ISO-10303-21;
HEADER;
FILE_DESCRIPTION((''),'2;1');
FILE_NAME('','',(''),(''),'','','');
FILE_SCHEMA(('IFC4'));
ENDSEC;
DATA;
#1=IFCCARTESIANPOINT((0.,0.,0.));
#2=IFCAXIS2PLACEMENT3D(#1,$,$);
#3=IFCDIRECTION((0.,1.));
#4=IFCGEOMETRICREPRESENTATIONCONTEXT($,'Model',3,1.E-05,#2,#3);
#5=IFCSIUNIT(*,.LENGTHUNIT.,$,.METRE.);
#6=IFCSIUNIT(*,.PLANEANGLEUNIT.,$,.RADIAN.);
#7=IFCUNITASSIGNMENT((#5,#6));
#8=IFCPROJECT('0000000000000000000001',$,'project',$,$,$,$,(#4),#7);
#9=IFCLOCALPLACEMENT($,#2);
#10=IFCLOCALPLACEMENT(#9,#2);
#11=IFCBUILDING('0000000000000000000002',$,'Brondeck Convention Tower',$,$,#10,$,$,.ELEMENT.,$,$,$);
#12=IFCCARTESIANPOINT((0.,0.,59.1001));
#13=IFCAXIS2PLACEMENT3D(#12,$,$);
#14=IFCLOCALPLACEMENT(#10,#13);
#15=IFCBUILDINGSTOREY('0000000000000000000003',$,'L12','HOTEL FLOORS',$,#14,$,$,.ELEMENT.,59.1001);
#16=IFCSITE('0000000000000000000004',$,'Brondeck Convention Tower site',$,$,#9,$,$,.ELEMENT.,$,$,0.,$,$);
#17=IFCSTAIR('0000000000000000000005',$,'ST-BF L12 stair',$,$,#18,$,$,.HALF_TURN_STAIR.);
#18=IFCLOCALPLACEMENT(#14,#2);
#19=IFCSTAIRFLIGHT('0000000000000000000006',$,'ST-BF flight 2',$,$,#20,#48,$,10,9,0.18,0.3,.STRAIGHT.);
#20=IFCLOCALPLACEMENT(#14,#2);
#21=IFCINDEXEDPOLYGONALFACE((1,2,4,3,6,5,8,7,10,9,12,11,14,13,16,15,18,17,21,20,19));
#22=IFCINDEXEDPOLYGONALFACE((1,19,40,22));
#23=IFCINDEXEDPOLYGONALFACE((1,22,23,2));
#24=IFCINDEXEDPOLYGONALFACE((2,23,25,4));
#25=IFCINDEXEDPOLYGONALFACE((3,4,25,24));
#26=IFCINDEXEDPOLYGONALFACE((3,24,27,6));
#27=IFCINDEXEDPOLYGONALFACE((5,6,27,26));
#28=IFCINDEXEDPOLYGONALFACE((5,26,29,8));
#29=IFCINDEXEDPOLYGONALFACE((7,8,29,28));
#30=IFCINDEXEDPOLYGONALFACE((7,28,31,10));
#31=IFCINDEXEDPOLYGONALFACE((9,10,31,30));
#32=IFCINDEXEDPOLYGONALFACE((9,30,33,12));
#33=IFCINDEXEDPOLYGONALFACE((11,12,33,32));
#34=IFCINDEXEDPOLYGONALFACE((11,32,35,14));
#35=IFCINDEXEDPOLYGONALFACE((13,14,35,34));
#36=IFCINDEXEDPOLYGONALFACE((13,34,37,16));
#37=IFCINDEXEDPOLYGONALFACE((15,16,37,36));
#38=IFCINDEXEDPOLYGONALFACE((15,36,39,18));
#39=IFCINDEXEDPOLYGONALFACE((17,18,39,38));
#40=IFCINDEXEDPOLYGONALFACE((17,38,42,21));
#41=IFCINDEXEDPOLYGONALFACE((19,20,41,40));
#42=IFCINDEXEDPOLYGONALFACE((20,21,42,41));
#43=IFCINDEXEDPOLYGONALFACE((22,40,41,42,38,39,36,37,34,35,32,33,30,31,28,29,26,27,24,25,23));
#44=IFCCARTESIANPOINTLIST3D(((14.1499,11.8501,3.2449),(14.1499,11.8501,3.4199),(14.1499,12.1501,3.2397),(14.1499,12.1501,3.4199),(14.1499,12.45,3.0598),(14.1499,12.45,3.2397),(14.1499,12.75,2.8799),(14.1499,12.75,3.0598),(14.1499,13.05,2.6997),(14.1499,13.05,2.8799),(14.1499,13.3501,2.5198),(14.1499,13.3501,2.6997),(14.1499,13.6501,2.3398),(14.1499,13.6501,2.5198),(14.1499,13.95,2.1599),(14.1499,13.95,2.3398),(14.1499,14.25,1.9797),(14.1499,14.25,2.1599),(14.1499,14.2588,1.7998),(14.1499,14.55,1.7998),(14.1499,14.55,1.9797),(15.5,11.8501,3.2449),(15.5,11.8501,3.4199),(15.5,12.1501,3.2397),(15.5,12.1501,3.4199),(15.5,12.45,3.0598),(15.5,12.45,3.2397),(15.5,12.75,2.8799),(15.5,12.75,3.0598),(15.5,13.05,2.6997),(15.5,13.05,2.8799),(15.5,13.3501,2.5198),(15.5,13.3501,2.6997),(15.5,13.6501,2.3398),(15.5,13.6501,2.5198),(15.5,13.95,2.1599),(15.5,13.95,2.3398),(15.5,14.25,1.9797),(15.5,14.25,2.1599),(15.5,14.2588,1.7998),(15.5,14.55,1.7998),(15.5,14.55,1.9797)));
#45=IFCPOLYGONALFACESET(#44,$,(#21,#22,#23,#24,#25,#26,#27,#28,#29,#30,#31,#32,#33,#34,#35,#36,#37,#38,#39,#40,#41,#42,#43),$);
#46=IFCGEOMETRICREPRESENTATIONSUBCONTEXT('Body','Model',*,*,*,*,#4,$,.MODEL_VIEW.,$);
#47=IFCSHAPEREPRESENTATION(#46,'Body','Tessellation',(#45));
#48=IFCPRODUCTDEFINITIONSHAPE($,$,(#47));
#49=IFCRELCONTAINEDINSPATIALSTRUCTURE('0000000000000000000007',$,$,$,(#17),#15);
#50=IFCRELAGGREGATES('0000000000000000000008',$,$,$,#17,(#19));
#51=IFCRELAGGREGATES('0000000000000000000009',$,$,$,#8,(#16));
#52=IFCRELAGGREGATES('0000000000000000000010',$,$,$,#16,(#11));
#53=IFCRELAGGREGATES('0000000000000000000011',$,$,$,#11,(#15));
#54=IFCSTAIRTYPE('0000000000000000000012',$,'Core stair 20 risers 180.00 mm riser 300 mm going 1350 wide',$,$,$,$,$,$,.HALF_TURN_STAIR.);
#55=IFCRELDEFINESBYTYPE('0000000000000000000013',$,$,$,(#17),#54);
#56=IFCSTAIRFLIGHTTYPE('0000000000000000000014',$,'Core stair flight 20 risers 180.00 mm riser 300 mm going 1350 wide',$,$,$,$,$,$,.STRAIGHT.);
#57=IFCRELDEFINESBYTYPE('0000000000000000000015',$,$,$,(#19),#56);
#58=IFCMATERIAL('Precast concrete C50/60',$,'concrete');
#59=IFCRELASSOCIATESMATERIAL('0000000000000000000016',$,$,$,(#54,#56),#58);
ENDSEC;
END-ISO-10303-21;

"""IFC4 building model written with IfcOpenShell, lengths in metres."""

from ifc_helpers import new_model, si_unit, direction, frame, origin, place, context, subcontext, project, spatial, polyline, outline, extrude, material, type_object, element, aggregate, save


model = new_model("IFC4")

# Units and contexts
model_context = context("Model", 3, precision=1e-05, world=origin(), true_north=direction((0.0, 1.0)))
body_context = subcontext(model_context, "Body", "Model", "MODEL_VIEW")
ifc_project = project(units=[si_unit("LENGTHUNIT", "METRE"), si_unit("PLANEANGLEUNIT", "RADIAN")], contexts=[model_context])

# Site, building, storey
site_placement = place(None, origin())
site = spatial("IfcSite", under=ifc_project, at=site_placement, Name="Brondeck Convention Tower site", CompositionType="ELEMENT", RefElevation=0.0)
building_placement = place(site_placement, origin())
building = spatial("IfcBuilding", under=site, at=building_placement, Name="Brondeck Convention Tower", CompositionType="ELEMENT")
storey_placement = place(building_placement, frame((0.0, 0.0, 59.1001)))
storey = spatial("IfcBuildingStorey", under=building, at=storey_placement, Name="L12", Description="HOTEL FLOORS", CompositionType="ELEMENT", Elevation=59.1001)

# Stair, stair flight
ifc_material_1 = material(Name="Precast concrete C50/60", Category="concrete")
stair_type = type_object("IfcStairType", Name="Core stair 20 risers 180.00 mm riser 300 mm going 1350 wide", PredefinedType="HALF_TURN_STAIR", material=ifc_material_1)
stair_placement = place(storey_placement, origin())
stair = element("IfcStair", 1, at=stair_placement, inside=storey, type_object=stair_type, Name="ST-BF L12 stair", PredefinedType="HALF_TURN_STAIR")
stair_flight_type = type_object("IfcStairFlightType", Name="Core stair flight 20 risers 180.00 mm riser 300 mm going 1350 wide", PredefinedType="STRAIGHT", material=ifc_material_1)
stair_flight_placement = place(storey_placement, frame((14.825, 14.55, 1.7998), z_axis=(0.0, 0.0, 1.0), x_axis=(0.0, -1.0, 0.0)))
stair_flight = element("IfcStairFlight", 2, at=stair_flight_placement, type_object=stair_flight_type, Name="ST-BF flight 2", NumberOfRisers=10, NumberOfTreads=9, PredefinedType="STRAIGHT", RiserHeight=0.18, TreadLength=0.3, context=body_context, shape_type="SweptSolid", body=[
    extrude(outline(polyline([(0.0, 0.0), (0.0, 0.1799), (0.3, 0.1799), (0.3, 0.3601), (0.6001, 0.3601), (0.6001, 0.54), (0.8999, 0.54), (0.8999, 0.72), (1.2, 0.72), (1.2, 0.8999), (1.5, 0.8999), (1.5, 1.0801), (1.8, 1.0801), (1.8, 1.26), (2.1001, 1.26), (2.1001, 1.4399), (2.3999, 1.4399), (2.3999, 1.6201), (2.7, 1.6201), (2.7, 1.8), (2.7, 1.4451), (0.2913, 0.0), (0.0, 0.0)])), frame((0.0, 0.675, 0.0), z_axis=(0.0, -1.0, 0.0), x_axis=(1.0, 0.0, 0.0)), (0.0, 0.0, 1.0), 1.3501),
])
aggregate(stair, [stair_flight])

save(model, "model.ifc")
